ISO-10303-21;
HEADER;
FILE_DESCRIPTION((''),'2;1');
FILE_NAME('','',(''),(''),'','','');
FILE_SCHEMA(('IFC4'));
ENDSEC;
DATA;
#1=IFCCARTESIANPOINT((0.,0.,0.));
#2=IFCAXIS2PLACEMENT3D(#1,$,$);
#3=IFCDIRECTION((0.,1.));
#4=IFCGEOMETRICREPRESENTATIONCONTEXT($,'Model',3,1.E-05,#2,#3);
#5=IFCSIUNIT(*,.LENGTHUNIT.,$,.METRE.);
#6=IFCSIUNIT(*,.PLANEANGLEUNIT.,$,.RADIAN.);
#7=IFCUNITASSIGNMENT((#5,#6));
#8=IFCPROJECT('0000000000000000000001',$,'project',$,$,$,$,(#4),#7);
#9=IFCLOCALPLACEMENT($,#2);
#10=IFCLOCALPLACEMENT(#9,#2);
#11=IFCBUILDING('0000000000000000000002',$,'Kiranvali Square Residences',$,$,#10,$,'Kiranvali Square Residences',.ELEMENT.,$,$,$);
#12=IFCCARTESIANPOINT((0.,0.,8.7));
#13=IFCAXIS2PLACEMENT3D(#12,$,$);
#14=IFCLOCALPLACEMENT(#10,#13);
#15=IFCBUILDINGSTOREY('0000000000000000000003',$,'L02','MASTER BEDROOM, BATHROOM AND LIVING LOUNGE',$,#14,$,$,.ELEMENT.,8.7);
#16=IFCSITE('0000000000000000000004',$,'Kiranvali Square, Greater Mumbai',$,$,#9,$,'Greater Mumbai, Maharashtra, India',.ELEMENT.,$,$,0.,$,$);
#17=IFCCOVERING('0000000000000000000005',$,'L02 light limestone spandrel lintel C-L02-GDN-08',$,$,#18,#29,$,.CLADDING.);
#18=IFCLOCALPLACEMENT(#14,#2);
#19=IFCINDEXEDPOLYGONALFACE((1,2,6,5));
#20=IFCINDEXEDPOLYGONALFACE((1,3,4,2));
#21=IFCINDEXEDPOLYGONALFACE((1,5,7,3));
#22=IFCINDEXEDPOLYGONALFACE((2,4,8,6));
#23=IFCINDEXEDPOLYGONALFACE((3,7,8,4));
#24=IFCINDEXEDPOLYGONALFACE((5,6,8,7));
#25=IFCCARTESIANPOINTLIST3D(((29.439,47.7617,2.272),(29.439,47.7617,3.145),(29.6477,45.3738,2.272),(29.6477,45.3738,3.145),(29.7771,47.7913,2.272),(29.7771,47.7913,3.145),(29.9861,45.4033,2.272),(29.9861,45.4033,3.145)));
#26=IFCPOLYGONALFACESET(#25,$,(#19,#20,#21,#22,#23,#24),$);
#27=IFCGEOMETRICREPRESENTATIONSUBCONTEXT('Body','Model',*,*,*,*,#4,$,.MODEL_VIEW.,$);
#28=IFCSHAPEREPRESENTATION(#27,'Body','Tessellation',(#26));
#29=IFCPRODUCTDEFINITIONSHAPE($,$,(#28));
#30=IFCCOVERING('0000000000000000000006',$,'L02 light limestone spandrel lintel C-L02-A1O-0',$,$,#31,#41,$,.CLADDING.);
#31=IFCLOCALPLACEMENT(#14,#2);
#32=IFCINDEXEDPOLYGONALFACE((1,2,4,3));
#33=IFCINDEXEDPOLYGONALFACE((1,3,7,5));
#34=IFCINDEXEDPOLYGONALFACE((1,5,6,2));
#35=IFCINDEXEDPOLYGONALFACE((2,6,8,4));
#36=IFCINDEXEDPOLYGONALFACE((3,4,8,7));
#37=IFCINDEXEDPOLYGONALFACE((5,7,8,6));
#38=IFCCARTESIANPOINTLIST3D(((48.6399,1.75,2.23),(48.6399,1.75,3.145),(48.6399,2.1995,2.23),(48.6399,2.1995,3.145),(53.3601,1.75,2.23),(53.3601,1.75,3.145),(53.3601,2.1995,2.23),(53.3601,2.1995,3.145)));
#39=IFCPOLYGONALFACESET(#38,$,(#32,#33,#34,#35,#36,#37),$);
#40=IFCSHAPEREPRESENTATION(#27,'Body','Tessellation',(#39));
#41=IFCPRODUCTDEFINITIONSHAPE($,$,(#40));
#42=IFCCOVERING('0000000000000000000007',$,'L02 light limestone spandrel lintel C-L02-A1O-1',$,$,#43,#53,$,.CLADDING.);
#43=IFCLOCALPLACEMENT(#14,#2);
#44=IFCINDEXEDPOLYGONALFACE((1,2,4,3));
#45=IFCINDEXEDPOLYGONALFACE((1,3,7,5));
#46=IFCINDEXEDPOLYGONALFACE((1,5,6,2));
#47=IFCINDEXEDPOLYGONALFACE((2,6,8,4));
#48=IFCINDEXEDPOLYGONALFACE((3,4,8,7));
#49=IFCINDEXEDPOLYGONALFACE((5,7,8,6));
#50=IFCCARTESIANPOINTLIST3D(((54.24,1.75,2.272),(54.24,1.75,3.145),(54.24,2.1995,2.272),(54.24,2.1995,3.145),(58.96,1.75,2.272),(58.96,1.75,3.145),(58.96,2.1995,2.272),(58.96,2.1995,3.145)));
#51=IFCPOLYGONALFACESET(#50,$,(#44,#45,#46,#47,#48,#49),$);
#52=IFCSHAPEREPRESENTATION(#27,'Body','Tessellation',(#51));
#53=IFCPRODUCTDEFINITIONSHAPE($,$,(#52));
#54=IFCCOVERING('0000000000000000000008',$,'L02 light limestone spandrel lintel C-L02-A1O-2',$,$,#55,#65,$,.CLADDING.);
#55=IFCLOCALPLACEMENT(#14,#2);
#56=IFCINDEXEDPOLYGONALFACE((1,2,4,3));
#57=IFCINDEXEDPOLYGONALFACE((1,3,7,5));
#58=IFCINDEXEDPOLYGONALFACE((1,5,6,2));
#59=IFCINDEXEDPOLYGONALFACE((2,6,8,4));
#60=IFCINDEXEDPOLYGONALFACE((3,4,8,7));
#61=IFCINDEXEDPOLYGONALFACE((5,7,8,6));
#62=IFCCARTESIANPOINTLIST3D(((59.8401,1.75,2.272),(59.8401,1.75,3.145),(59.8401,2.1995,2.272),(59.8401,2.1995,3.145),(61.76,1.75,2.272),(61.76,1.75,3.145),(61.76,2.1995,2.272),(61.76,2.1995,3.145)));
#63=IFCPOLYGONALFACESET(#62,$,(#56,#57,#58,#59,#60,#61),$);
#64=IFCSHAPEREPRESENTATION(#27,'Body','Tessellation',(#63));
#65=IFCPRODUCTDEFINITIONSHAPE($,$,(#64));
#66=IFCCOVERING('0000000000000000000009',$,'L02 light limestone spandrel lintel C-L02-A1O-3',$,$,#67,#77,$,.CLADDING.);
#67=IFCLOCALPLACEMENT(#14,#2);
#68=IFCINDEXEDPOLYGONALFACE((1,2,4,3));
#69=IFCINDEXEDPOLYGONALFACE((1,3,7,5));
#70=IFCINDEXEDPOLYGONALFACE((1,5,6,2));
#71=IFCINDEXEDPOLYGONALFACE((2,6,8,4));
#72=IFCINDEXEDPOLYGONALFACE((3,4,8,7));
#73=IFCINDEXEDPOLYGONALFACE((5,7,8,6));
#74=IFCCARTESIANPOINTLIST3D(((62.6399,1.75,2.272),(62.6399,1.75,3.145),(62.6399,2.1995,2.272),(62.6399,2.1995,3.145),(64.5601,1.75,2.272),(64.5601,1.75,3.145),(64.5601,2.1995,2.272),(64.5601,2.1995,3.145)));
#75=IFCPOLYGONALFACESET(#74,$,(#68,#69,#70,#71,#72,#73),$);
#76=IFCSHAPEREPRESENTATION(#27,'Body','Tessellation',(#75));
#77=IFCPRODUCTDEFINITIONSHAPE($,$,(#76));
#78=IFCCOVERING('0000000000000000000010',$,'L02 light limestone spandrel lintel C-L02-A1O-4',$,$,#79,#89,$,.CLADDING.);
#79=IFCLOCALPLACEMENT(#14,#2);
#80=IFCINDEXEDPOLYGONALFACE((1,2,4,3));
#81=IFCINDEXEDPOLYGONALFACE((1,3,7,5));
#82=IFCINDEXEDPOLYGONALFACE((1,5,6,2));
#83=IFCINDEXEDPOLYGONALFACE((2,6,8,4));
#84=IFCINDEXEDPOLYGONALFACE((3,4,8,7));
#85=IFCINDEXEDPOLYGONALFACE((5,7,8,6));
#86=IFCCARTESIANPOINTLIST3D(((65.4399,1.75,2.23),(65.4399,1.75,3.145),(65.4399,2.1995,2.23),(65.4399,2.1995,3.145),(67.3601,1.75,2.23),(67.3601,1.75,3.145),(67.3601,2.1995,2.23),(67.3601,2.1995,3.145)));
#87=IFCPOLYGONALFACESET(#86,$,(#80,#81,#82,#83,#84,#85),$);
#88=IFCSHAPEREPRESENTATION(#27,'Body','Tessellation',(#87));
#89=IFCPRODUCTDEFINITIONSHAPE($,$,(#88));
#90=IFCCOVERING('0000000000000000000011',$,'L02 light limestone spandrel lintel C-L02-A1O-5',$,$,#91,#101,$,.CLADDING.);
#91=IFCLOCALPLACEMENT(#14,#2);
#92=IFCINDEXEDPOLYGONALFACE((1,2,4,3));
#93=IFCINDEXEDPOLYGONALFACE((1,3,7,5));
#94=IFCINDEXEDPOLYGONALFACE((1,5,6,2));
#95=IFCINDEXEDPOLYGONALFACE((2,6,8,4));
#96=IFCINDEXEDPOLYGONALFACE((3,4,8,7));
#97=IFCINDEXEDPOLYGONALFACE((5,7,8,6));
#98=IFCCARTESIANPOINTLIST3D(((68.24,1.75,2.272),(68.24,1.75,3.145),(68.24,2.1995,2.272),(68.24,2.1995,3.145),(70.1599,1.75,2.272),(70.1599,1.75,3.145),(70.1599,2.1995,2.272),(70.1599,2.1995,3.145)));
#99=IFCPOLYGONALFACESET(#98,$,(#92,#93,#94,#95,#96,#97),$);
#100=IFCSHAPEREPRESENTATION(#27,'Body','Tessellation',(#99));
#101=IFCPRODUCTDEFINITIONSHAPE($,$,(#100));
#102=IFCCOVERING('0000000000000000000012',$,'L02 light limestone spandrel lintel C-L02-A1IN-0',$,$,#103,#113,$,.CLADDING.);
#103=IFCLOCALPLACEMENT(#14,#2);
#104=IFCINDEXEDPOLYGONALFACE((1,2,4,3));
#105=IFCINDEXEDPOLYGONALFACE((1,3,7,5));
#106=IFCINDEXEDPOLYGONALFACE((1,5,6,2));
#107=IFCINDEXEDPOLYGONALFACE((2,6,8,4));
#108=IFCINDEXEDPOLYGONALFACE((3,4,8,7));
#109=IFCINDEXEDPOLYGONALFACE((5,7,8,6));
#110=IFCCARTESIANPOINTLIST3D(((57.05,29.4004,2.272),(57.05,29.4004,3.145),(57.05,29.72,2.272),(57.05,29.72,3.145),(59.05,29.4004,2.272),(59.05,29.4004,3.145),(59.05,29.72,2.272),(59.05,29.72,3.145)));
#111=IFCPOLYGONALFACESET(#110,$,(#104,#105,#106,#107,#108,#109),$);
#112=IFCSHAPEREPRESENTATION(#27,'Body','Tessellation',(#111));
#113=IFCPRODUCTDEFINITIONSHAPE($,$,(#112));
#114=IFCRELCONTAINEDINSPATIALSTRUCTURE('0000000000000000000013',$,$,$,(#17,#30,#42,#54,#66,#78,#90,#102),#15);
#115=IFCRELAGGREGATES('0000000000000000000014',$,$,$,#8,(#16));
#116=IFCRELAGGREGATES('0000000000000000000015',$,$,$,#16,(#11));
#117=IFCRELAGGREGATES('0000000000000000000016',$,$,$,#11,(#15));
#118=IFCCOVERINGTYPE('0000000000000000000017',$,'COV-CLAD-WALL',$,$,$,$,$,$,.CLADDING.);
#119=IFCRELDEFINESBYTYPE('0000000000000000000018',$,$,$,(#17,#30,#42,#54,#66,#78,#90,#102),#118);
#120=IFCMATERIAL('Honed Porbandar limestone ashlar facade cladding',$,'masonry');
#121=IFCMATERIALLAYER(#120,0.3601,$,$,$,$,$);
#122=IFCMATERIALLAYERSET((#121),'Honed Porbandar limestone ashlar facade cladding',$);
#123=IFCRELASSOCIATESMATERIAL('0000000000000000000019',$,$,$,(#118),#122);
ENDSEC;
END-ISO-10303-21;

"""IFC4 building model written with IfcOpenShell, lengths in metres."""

from ifc_helpers import new_model, si_unit, direction, frame, origin, place, context, subcontext, project, spatial, polyline, outline, extrude, material, layer, layer_set, type_object, element, save


model = new_model("IFC4")

# Units and contexts
model_context = context("Model", 3, precision=1e-05, world=origin(), true_north=direction((0.0, 1.0)))
body_context = subcontext(model_context, "Body", "Model", "MODEL_VIEW")
ifc_project = project(units=[si_unit("LENGTHUNIT", "METRE"), si_unit("PLANEANGLEUNIT", "RADIAN")], contexts=[model_context])

# Site, building, storey
site_placement = place(None, origin())
site = spatial("IfcSite", under=ifc_project, at=site_placement, Name="Kiranvali Square, Greater Mumbai", LongName="Greater Mumbai, Maharashtra, India", CompositionType="ELEMENT", RefElevation=0.0)
building_placement = place(site_placement, origin())
building = spatial("IfcBuilding", under=site, at=building_placement, Name="Kiranvali Square Residences", LongName="Kiranvali Square Residences", CompositionType="ELEMENT")
storey_placement = place(building_placement, frame((0.0, 0.0, 8.7)))
storey = spatial("IfcBuildingStorey", under=building, at=storey_placement, Name="L02", Description="MASTER BEDROOM, BATHROOM AND LIVING LOUNGE", CompositionType="ELEMENT", Elevation=8.7)

# Coverings
ifc_material = material(Name="Honed Porbandar limestone ashlar facade cladding", Category="masonry")
ifc_layer = layer(ifc_material, 0.3601)
ifc_layer_set = layer_set([ifc_layer], Name="Honed Porbandar limestone ashlar facade cladding")
covering_type = type_object("IfcCoveringType", Name="COV-CLAD-WALL", PredefinedType="CLADDING", material=ifc_layer_set)
covering_1_placement = place(storey_placement, frame((0.0, 0.0, 2.272)))
element("IfcCovering", 1, at=covering_1_placement, inside=storey, type_object=covering_type, Name="L02 light limestone spandrel lintel C-L02-GDN-08", PredefinedType="CLADDING", context=body_context, shape_type="SweptSolid", body=[
    extrude(outline(polyline([(29.9861, 45.4033), (29.7771, 47.7913), (29.439, 47.7617), (29.6477, 45.3738), (29.9861, 45.4033)])), origin(), (0.0, 0.0, 1.0), 0.873),
])
covering_2_placement = place(storey_placement, frame((0.0, 0.0, 2.23)))
element("IfcCovering", 2, at=covering_2_placement, inside=storey, type_object=covering_type, Name="L02 light limestone spandrel lintel C-L02-A1O-0", PredefinedType="CLADDING", context=body_context, shape_type="SweptSolid", body=[
    extrude(outline(polyline([(48.6399, 1.75), (53.3601, 1.75), (53.3601, 2.1995), (48.6399, 2.1995), (48.6399, 1.75)])), origin(), (0.0, 0.0, 1.0), 0.915),
])
covering_3_placement = place(storey_placement, frame((0.0, 0.0, 2.272)))
element("IfcCovering", 3, at=covering_3_placement, inside=storey, type_object=covering_type, Name="L02 light limestone spandrel lintel C-L02-A1O-1", PredefinedType="CLADDING", context=body_context, shape_type="SweptSolid", body=[
    extrude(outline(polyline([(54.24, 1.75), (58.96, 1.75), (58.96, 2.1995), (54.24, 2.1995), (54.24, 1.75)])), origin(), (0.0, 0.0, 1.0), 0.873),
])
covering_4_placement = place(storey_placement, frame((0.0, 0.0, 2.272)))
element("IfcCovering", 4, at=covering_4_placement, inside=storey, type_object=covering_type, Name="L02 light limestone spandrel lintel C-L02-A1O-2", PredefinedType="CLADDING", context=body_context, shape_type="SweptSolid", body=[
    extrude(outline(polyline([(59.8401, 1.75), (61.76, 1.75), (61.76, 2.1995), (59.8401, 2.1995), (59.8401, 1.75)])), origin(), (0.0, 0.0, 1.0), 0.873),
])
covering_5_placement = place(storey_placement, frame((0.0, 0.0, 2.272)))
element("IfcCovering", 5, at=covering_5_placement, inside=storey, type_object=covering_type, Name="L02 light limestone spandrel lintel C-L02-A1O-3", PredefinedType="CLADDING", context=body_context, shape_type="SweptSolid", body=[
    extrude(outline(polyline([(62.6399, 1.75), (64.5601, 1.75), (64.5601, 2.1995), (62.6399, 2.1995), (62.6399, 1.75)])), origin(), (0.0, 0.0, 1.0), 0.873),
])
covering_6_placement = place(storey_placement, frame((0.0, 0.0, 2.23)))
element("IfcCovering", 6, at=covering_6_placement, inside=storey, type_object=covering_type, Name="L02 light limestone spandrel lintel C-L02-A1O-4", PredefinedType="CLADDING", context=body_context, shape_type="SweptSolid", body=[
    extrude(outline(polyline([(65.4399, 1.75), (67.3601, 1.75), (67.3601, 2.1995), (65.4399, 2.1995), (65.4399, 1.75)])), origin(), (0.0, 0.0, 1.0), 0.915),
])
covering_7_placement = place(storey_placement, frame((0.0, 0.0, 2.272)))
element("IfcCovering", 7, at=covering_7_placement, inside=storey, type_object=covering_type, Name="L02 light limestone spandrel lintel C-L02-A1O-5", PredefinedType="CLADDING", context=body_context, shape_type="SweptSolid", body=[
    extrude(outline(polyline([(68.24, 1.75), (70.1599, 1.75), (70.1599, 2.1995), (68.24, 2.1995), (68.24, 1.75)])), origin(), (0.0, 0.0, 1.0), 0.873),
])
covering_8_placement = place(storey_placement, frame((0.0, 0.0, 2.272)))
element("IfcCovering", 8, at=covering_8_placement, inside=storey, type_object=covering_type, Name="L02 light limestone spandrel lintel C-L02-A1IN-0", PredefinedType="CLADDING", context=body_context, shape_type="SweptSolid", body=[
    extrude(outline(polyline([(57.05, 29.4004), (59.05, 29.4004), (59.05, 29.72), (57.05, 29.72), (57.05, 29.4004)])), origin(), (0.0, 0.0, 1.0), 0.873),
])

save(model, "model.ifc")
